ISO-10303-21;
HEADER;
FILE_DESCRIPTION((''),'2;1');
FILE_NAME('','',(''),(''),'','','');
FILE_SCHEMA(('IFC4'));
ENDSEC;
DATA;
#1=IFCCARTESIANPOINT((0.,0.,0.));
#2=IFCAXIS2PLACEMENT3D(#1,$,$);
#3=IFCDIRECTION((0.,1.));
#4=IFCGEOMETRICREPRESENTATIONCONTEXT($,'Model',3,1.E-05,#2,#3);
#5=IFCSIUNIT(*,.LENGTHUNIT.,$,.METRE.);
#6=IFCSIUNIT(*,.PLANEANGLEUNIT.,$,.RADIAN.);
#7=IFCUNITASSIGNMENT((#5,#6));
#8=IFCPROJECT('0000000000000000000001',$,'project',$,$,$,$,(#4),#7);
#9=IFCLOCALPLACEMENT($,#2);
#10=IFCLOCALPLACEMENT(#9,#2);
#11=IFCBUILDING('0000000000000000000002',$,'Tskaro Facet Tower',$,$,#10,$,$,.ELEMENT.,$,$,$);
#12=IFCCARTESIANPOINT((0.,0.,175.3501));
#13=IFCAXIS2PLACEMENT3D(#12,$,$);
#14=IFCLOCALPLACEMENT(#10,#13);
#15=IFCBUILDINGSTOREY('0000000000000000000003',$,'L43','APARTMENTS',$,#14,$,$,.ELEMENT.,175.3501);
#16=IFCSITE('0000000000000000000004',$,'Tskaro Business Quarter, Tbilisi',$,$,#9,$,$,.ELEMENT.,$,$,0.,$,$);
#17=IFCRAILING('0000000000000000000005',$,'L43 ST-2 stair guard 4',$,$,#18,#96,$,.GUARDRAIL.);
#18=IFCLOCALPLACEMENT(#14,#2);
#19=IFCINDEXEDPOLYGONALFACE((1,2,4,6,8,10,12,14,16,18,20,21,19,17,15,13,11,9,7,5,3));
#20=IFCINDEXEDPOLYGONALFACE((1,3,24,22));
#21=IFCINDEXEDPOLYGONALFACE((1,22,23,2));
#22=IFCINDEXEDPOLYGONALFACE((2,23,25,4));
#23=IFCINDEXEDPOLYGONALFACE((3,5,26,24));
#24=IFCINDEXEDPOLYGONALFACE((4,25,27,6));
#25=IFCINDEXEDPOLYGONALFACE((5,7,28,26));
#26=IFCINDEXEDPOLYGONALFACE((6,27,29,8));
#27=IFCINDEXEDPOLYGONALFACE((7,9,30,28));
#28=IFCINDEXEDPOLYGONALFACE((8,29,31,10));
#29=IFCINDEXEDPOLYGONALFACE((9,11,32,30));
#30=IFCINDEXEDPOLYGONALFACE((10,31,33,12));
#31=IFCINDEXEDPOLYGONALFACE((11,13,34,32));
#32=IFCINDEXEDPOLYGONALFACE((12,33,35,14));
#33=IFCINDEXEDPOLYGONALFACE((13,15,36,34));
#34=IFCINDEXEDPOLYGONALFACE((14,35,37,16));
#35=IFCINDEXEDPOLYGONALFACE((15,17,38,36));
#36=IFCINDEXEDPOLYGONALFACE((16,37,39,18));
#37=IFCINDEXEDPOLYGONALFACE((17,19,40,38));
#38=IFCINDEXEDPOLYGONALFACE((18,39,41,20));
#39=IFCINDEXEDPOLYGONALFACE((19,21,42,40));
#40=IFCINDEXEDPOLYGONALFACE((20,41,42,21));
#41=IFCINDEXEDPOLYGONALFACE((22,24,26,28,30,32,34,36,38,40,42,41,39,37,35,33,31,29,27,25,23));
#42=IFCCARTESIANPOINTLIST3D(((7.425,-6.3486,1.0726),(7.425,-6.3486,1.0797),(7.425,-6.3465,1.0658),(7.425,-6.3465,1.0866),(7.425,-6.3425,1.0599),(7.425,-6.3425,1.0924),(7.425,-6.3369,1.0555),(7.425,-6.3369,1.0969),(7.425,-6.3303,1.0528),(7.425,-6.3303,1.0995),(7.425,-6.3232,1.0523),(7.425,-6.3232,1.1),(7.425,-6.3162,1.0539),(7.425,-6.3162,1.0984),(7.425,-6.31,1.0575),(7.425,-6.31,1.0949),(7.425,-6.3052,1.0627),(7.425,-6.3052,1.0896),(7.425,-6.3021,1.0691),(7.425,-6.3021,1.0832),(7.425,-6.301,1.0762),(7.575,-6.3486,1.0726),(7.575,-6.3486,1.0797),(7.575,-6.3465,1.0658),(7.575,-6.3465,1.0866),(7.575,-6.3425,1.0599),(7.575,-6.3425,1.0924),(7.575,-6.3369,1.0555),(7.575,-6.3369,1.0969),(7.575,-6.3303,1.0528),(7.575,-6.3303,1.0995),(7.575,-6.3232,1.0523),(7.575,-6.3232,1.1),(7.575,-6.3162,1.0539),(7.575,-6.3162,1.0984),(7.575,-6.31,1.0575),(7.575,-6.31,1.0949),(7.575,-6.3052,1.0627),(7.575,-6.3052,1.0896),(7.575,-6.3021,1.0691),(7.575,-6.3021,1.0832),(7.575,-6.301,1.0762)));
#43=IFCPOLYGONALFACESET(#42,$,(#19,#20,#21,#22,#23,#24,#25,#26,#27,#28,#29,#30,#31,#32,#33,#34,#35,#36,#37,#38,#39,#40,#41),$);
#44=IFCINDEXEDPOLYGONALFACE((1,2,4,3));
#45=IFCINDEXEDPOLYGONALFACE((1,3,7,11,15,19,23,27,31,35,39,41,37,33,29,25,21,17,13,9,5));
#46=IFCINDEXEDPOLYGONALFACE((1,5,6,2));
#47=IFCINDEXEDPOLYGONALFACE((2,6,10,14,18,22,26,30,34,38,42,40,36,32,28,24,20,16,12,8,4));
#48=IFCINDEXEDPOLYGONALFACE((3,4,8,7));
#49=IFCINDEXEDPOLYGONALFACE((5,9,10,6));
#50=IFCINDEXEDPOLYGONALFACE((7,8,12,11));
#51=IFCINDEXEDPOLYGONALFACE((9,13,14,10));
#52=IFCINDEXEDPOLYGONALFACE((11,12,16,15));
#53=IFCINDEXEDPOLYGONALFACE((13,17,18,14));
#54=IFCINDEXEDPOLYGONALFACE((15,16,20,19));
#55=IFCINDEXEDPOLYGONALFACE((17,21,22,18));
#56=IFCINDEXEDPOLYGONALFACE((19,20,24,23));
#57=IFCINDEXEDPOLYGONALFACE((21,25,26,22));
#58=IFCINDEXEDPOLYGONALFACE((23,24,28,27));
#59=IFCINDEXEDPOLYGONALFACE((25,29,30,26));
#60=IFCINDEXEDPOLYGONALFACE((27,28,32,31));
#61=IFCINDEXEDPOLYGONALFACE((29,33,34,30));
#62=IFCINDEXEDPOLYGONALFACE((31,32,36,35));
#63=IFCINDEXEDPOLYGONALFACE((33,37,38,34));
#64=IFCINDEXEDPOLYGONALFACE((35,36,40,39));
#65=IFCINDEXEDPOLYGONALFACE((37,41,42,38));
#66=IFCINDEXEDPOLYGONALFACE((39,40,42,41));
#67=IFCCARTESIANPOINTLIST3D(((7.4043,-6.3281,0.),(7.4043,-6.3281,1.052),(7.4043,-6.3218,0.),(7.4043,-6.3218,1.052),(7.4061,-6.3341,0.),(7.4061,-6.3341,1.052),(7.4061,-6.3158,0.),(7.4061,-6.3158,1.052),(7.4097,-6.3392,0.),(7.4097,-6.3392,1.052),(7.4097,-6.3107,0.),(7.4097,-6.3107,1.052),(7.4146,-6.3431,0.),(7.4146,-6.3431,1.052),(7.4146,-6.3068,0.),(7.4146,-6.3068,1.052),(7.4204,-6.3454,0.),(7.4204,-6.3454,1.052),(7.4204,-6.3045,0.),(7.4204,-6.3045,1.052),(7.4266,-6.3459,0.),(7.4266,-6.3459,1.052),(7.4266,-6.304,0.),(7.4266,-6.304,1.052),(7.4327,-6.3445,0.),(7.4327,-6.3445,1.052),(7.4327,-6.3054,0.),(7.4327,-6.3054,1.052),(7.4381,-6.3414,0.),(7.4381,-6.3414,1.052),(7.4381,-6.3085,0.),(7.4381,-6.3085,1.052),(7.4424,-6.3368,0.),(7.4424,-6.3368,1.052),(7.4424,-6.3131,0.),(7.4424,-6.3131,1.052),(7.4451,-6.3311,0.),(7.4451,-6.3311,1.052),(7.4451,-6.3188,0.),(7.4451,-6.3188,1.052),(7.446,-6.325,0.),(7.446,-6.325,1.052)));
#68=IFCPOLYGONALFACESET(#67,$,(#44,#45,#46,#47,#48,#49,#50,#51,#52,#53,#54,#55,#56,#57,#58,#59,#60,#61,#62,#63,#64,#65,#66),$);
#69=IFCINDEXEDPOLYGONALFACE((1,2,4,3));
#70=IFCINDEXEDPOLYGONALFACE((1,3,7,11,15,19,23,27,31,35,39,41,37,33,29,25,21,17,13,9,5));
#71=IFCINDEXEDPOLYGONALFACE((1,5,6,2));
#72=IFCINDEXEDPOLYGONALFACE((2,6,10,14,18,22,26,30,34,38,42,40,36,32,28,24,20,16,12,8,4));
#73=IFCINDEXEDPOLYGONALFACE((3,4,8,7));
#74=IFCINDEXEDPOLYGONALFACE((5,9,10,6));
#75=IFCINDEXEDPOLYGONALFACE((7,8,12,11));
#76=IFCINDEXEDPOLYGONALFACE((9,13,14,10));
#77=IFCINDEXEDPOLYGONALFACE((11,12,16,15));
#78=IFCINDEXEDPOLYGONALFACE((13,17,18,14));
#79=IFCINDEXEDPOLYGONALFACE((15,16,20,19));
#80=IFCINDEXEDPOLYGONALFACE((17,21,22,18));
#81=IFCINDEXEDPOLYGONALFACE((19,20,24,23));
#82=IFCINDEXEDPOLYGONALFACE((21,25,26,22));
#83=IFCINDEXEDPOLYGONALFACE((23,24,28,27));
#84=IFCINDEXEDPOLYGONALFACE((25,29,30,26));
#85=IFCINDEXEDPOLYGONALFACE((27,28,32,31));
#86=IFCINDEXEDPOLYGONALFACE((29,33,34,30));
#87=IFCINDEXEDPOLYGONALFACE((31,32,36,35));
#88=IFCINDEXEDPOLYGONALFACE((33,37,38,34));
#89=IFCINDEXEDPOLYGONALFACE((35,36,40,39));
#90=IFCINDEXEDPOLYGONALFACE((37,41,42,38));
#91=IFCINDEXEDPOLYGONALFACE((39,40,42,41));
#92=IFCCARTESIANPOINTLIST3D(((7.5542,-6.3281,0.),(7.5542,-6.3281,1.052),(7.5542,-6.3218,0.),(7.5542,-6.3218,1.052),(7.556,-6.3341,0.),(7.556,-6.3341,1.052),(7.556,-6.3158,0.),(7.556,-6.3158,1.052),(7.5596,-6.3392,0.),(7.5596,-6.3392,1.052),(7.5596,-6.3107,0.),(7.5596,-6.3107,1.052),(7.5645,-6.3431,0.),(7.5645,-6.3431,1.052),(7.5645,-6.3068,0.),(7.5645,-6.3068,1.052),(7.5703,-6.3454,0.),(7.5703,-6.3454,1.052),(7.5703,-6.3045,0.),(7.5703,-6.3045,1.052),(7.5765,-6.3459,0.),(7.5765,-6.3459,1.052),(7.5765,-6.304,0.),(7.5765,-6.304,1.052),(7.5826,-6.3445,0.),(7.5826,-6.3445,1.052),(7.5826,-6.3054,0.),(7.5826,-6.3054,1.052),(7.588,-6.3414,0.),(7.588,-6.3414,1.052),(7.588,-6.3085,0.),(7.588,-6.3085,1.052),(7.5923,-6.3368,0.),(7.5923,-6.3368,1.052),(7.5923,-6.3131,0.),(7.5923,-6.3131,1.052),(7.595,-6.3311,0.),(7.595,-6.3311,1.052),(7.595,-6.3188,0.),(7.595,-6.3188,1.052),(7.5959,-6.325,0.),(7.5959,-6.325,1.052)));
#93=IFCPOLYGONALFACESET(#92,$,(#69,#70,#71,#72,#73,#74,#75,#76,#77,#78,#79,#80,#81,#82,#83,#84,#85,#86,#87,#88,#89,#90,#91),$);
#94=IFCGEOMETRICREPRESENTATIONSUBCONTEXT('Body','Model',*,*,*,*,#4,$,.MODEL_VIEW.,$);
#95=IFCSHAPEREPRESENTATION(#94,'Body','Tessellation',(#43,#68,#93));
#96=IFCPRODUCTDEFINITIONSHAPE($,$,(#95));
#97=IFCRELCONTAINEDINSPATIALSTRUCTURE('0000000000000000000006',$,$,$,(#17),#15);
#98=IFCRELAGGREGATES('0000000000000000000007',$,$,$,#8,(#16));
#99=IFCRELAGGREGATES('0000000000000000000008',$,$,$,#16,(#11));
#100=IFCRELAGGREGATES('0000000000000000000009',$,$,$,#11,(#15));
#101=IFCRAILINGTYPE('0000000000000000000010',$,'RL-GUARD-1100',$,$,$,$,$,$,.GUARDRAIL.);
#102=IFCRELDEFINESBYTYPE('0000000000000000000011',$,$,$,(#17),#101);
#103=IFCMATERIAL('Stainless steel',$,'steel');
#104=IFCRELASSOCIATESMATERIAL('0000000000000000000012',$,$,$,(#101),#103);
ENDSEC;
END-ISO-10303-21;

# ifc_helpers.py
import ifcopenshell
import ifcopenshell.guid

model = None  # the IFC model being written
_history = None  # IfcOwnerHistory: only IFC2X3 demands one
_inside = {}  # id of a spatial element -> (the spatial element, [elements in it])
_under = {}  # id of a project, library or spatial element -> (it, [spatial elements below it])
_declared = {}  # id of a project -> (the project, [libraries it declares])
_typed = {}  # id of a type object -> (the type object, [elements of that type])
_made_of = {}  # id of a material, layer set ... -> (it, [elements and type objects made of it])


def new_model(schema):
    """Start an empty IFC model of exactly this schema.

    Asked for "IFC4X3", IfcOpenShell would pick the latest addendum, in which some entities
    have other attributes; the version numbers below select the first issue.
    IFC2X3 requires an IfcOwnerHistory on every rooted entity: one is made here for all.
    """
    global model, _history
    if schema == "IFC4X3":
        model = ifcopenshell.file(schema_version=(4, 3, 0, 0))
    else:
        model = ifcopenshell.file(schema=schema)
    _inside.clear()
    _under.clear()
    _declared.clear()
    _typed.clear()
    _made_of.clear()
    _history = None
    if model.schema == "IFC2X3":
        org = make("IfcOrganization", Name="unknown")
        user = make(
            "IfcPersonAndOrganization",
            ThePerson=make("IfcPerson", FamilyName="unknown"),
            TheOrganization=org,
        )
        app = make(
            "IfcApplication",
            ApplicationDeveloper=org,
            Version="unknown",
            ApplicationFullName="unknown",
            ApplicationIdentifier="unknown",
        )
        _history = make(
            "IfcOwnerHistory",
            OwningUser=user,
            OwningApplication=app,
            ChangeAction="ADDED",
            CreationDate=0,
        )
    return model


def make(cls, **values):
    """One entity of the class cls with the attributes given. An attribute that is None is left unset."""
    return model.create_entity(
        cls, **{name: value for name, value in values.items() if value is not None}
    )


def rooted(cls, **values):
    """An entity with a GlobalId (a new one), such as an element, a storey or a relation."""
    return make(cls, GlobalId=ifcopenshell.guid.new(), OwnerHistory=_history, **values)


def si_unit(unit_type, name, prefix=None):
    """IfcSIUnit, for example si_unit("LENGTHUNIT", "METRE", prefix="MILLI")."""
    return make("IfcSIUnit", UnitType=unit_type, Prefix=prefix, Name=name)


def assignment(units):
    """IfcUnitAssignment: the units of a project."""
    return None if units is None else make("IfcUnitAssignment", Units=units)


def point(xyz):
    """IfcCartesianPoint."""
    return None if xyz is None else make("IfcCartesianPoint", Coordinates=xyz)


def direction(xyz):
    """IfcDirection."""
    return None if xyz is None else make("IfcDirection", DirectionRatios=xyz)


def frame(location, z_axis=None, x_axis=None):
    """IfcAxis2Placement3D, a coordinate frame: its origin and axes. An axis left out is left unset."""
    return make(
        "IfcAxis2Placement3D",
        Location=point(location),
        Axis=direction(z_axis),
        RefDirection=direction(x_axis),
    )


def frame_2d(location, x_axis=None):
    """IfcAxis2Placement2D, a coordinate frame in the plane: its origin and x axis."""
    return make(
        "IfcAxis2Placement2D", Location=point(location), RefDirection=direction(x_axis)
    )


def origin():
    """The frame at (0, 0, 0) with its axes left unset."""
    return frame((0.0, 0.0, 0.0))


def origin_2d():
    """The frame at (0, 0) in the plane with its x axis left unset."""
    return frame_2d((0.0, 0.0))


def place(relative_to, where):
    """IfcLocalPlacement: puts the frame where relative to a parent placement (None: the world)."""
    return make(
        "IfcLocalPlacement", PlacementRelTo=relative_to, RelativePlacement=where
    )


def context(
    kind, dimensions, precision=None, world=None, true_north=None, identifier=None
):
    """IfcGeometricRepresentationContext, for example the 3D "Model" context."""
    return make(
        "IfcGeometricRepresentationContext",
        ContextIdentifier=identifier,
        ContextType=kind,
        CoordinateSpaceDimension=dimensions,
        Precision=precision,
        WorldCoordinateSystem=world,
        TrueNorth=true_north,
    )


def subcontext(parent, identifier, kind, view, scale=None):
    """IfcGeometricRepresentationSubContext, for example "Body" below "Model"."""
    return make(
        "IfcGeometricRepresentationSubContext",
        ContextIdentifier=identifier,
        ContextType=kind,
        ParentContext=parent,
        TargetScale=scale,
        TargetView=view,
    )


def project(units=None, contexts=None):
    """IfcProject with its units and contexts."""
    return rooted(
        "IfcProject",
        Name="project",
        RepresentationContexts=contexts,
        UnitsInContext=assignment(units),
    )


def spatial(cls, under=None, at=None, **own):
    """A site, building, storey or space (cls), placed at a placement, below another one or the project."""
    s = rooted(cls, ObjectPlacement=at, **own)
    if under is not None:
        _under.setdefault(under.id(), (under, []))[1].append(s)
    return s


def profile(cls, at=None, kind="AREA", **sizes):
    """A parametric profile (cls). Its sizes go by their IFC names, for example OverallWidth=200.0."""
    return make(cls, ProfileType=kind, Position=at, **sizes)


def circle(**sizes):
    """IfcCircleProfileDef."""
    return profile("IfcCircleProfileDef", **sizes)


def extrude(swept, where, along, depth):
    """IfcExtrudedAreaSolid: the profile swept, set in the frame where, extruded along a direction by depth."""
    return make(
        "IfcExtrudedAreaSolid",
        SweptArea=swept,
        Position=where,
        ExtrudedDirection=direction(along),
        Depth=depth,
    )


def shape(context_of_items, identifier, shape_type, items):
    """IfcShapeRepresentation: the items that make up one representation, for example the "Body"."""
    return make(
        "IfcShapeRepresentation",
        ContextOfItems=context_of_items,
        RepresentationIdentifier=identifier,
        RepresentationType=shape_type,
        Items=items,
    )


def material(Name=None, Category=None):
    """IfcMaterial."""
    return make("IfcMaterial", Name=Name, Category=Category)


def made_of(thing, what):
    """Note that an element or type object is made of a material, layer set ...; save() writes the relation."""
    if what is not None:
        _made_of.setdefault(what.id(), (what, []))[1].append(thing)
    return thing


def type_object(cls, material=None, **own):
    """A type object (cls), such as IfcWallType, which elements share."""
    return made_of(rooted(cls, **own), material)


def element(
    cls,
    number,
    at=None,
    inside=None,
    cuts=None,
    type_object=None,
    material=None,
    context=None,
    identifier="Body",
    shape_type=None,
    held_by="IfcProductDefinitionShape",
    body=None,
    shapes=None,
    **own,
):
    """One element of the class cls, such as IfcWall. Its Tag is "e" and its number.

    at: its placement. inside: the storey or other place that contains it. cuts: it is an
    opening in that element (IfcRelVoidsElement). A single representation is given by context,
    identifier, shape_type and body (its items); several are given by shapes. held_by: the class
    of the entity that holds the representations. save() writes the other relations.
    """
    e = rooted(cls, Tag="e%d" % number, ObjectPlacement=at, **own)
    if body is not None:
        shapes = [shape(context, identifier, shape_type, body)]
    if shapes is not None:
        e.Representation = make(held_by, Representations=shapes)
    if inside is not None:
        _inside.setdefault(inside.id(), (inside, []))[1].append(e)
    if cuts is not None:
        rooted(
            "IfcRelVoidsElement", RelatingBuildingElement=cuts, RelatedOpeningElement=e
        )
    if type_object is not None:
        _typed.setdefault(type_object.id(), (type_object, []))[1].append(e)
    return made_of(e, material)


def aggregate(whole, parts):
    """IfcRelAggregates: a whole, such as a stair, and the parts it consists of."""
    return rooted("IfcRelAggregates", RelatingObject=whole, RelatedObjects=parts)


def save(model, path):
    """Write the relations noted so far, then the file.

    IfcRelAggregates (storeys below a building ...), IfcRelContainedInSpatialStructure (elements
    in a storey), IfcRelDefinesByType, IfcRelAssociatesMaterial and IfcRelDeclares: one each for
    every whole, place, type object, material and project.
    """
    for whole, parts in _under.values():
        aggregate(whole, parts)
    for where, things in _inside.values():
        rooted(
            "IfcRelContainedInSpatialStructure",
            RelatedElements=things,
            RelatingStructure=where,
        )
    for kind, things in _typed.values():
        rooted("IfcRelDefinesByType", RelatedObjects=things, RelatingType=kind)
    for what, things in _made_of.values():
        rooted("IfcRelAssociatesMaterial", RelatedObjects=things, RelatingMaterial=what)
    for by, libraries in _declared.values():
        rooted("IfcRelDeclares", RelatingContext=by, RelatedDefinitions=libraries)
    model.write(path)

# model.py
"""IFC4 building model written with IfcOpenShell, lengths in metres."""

from ifc_helpers import new_model, si_unit, direction, frame, origin, origin_2d, place, context, subcontext, project, spatial, circle, extrude, material, type_object, element, save


model = new_model("IFC4")

# Units and contexts
model_context = context("Model", 3, precision=1e-05, world=origin(), true_north=direction((0.0, 1.0)))
body_context = subcontext(model_context, "Body", "Model", "MODEL_VIEW")
ifc_project = project(units=[si_unit("LENGTHUNIT", "METRE"), si_unit("PLANEANGLEUNIT", "RADIAN")], contexts=[model_context])

# Site, building, storey
site_placement = place(None, origin())
site = spatial("IfcSite", under=ifc_project, at=site_placement, Name="Tskaro Business Quarter, Tbilisi", CompositionType="ELEMENT", RefElevation=0.0)
building_placement = place(site_placement, origin())
building = spatial("IfcBuilding", under=site, at=building_placement, Name="Tskaro Facet Tower", CompositionType="ELEMENT")
storey_placement = place(building_placement, frame((0.0, 0.0, 175.3501)))
storey = spatial("IfcBuildingStorey", under=building, at=storey_placement, Name="L43", Description="APARTMENTS", CompositionType="ELEMENT", Elevation=175.3501)

# Shared definitions
ifc_material_1 = material(Name="Stainless steel", Category="steel")

# Railing
railing_type_1 = type_object("IfcRailingType", Name="RL-GUARD-1100", PredefinedType="GUARDRAIL", material=ifc_material_1)
railing_1_placement = place(storey_placement, frame((7.425, -6.325, 0.0)))
element("IfcRailing", 1, at=railing_1_placement, inside=storey, type_object=railing_type_1, Name="L43 ST-2 stair guard 4", PredefinedType="GUARDRAIL", context=body_context, shape_type="SweptSolid", body=[
    extrude(circle(Radius=0.0239, at=origin_2d()), frame((0.0, 0.0, 1.0762), z_axis=(1.0, 0.0, 0.0), x_axis=(0.0, 1.0, 0.0)), (0.0, 0.0, 1.0), 0.1499),
    extrude(circle(Radius=0.021, at=origin_2d()), origin(), (0.0, 0.0, 1.0), 1.052),
    extrude(circle(Radius=0.021, at=origin_2d()), frame((0.1499, 0.0, 0.0)), (0.0, 0.0, 1.0), 1.052),
])

save(model, "model.ifc")
